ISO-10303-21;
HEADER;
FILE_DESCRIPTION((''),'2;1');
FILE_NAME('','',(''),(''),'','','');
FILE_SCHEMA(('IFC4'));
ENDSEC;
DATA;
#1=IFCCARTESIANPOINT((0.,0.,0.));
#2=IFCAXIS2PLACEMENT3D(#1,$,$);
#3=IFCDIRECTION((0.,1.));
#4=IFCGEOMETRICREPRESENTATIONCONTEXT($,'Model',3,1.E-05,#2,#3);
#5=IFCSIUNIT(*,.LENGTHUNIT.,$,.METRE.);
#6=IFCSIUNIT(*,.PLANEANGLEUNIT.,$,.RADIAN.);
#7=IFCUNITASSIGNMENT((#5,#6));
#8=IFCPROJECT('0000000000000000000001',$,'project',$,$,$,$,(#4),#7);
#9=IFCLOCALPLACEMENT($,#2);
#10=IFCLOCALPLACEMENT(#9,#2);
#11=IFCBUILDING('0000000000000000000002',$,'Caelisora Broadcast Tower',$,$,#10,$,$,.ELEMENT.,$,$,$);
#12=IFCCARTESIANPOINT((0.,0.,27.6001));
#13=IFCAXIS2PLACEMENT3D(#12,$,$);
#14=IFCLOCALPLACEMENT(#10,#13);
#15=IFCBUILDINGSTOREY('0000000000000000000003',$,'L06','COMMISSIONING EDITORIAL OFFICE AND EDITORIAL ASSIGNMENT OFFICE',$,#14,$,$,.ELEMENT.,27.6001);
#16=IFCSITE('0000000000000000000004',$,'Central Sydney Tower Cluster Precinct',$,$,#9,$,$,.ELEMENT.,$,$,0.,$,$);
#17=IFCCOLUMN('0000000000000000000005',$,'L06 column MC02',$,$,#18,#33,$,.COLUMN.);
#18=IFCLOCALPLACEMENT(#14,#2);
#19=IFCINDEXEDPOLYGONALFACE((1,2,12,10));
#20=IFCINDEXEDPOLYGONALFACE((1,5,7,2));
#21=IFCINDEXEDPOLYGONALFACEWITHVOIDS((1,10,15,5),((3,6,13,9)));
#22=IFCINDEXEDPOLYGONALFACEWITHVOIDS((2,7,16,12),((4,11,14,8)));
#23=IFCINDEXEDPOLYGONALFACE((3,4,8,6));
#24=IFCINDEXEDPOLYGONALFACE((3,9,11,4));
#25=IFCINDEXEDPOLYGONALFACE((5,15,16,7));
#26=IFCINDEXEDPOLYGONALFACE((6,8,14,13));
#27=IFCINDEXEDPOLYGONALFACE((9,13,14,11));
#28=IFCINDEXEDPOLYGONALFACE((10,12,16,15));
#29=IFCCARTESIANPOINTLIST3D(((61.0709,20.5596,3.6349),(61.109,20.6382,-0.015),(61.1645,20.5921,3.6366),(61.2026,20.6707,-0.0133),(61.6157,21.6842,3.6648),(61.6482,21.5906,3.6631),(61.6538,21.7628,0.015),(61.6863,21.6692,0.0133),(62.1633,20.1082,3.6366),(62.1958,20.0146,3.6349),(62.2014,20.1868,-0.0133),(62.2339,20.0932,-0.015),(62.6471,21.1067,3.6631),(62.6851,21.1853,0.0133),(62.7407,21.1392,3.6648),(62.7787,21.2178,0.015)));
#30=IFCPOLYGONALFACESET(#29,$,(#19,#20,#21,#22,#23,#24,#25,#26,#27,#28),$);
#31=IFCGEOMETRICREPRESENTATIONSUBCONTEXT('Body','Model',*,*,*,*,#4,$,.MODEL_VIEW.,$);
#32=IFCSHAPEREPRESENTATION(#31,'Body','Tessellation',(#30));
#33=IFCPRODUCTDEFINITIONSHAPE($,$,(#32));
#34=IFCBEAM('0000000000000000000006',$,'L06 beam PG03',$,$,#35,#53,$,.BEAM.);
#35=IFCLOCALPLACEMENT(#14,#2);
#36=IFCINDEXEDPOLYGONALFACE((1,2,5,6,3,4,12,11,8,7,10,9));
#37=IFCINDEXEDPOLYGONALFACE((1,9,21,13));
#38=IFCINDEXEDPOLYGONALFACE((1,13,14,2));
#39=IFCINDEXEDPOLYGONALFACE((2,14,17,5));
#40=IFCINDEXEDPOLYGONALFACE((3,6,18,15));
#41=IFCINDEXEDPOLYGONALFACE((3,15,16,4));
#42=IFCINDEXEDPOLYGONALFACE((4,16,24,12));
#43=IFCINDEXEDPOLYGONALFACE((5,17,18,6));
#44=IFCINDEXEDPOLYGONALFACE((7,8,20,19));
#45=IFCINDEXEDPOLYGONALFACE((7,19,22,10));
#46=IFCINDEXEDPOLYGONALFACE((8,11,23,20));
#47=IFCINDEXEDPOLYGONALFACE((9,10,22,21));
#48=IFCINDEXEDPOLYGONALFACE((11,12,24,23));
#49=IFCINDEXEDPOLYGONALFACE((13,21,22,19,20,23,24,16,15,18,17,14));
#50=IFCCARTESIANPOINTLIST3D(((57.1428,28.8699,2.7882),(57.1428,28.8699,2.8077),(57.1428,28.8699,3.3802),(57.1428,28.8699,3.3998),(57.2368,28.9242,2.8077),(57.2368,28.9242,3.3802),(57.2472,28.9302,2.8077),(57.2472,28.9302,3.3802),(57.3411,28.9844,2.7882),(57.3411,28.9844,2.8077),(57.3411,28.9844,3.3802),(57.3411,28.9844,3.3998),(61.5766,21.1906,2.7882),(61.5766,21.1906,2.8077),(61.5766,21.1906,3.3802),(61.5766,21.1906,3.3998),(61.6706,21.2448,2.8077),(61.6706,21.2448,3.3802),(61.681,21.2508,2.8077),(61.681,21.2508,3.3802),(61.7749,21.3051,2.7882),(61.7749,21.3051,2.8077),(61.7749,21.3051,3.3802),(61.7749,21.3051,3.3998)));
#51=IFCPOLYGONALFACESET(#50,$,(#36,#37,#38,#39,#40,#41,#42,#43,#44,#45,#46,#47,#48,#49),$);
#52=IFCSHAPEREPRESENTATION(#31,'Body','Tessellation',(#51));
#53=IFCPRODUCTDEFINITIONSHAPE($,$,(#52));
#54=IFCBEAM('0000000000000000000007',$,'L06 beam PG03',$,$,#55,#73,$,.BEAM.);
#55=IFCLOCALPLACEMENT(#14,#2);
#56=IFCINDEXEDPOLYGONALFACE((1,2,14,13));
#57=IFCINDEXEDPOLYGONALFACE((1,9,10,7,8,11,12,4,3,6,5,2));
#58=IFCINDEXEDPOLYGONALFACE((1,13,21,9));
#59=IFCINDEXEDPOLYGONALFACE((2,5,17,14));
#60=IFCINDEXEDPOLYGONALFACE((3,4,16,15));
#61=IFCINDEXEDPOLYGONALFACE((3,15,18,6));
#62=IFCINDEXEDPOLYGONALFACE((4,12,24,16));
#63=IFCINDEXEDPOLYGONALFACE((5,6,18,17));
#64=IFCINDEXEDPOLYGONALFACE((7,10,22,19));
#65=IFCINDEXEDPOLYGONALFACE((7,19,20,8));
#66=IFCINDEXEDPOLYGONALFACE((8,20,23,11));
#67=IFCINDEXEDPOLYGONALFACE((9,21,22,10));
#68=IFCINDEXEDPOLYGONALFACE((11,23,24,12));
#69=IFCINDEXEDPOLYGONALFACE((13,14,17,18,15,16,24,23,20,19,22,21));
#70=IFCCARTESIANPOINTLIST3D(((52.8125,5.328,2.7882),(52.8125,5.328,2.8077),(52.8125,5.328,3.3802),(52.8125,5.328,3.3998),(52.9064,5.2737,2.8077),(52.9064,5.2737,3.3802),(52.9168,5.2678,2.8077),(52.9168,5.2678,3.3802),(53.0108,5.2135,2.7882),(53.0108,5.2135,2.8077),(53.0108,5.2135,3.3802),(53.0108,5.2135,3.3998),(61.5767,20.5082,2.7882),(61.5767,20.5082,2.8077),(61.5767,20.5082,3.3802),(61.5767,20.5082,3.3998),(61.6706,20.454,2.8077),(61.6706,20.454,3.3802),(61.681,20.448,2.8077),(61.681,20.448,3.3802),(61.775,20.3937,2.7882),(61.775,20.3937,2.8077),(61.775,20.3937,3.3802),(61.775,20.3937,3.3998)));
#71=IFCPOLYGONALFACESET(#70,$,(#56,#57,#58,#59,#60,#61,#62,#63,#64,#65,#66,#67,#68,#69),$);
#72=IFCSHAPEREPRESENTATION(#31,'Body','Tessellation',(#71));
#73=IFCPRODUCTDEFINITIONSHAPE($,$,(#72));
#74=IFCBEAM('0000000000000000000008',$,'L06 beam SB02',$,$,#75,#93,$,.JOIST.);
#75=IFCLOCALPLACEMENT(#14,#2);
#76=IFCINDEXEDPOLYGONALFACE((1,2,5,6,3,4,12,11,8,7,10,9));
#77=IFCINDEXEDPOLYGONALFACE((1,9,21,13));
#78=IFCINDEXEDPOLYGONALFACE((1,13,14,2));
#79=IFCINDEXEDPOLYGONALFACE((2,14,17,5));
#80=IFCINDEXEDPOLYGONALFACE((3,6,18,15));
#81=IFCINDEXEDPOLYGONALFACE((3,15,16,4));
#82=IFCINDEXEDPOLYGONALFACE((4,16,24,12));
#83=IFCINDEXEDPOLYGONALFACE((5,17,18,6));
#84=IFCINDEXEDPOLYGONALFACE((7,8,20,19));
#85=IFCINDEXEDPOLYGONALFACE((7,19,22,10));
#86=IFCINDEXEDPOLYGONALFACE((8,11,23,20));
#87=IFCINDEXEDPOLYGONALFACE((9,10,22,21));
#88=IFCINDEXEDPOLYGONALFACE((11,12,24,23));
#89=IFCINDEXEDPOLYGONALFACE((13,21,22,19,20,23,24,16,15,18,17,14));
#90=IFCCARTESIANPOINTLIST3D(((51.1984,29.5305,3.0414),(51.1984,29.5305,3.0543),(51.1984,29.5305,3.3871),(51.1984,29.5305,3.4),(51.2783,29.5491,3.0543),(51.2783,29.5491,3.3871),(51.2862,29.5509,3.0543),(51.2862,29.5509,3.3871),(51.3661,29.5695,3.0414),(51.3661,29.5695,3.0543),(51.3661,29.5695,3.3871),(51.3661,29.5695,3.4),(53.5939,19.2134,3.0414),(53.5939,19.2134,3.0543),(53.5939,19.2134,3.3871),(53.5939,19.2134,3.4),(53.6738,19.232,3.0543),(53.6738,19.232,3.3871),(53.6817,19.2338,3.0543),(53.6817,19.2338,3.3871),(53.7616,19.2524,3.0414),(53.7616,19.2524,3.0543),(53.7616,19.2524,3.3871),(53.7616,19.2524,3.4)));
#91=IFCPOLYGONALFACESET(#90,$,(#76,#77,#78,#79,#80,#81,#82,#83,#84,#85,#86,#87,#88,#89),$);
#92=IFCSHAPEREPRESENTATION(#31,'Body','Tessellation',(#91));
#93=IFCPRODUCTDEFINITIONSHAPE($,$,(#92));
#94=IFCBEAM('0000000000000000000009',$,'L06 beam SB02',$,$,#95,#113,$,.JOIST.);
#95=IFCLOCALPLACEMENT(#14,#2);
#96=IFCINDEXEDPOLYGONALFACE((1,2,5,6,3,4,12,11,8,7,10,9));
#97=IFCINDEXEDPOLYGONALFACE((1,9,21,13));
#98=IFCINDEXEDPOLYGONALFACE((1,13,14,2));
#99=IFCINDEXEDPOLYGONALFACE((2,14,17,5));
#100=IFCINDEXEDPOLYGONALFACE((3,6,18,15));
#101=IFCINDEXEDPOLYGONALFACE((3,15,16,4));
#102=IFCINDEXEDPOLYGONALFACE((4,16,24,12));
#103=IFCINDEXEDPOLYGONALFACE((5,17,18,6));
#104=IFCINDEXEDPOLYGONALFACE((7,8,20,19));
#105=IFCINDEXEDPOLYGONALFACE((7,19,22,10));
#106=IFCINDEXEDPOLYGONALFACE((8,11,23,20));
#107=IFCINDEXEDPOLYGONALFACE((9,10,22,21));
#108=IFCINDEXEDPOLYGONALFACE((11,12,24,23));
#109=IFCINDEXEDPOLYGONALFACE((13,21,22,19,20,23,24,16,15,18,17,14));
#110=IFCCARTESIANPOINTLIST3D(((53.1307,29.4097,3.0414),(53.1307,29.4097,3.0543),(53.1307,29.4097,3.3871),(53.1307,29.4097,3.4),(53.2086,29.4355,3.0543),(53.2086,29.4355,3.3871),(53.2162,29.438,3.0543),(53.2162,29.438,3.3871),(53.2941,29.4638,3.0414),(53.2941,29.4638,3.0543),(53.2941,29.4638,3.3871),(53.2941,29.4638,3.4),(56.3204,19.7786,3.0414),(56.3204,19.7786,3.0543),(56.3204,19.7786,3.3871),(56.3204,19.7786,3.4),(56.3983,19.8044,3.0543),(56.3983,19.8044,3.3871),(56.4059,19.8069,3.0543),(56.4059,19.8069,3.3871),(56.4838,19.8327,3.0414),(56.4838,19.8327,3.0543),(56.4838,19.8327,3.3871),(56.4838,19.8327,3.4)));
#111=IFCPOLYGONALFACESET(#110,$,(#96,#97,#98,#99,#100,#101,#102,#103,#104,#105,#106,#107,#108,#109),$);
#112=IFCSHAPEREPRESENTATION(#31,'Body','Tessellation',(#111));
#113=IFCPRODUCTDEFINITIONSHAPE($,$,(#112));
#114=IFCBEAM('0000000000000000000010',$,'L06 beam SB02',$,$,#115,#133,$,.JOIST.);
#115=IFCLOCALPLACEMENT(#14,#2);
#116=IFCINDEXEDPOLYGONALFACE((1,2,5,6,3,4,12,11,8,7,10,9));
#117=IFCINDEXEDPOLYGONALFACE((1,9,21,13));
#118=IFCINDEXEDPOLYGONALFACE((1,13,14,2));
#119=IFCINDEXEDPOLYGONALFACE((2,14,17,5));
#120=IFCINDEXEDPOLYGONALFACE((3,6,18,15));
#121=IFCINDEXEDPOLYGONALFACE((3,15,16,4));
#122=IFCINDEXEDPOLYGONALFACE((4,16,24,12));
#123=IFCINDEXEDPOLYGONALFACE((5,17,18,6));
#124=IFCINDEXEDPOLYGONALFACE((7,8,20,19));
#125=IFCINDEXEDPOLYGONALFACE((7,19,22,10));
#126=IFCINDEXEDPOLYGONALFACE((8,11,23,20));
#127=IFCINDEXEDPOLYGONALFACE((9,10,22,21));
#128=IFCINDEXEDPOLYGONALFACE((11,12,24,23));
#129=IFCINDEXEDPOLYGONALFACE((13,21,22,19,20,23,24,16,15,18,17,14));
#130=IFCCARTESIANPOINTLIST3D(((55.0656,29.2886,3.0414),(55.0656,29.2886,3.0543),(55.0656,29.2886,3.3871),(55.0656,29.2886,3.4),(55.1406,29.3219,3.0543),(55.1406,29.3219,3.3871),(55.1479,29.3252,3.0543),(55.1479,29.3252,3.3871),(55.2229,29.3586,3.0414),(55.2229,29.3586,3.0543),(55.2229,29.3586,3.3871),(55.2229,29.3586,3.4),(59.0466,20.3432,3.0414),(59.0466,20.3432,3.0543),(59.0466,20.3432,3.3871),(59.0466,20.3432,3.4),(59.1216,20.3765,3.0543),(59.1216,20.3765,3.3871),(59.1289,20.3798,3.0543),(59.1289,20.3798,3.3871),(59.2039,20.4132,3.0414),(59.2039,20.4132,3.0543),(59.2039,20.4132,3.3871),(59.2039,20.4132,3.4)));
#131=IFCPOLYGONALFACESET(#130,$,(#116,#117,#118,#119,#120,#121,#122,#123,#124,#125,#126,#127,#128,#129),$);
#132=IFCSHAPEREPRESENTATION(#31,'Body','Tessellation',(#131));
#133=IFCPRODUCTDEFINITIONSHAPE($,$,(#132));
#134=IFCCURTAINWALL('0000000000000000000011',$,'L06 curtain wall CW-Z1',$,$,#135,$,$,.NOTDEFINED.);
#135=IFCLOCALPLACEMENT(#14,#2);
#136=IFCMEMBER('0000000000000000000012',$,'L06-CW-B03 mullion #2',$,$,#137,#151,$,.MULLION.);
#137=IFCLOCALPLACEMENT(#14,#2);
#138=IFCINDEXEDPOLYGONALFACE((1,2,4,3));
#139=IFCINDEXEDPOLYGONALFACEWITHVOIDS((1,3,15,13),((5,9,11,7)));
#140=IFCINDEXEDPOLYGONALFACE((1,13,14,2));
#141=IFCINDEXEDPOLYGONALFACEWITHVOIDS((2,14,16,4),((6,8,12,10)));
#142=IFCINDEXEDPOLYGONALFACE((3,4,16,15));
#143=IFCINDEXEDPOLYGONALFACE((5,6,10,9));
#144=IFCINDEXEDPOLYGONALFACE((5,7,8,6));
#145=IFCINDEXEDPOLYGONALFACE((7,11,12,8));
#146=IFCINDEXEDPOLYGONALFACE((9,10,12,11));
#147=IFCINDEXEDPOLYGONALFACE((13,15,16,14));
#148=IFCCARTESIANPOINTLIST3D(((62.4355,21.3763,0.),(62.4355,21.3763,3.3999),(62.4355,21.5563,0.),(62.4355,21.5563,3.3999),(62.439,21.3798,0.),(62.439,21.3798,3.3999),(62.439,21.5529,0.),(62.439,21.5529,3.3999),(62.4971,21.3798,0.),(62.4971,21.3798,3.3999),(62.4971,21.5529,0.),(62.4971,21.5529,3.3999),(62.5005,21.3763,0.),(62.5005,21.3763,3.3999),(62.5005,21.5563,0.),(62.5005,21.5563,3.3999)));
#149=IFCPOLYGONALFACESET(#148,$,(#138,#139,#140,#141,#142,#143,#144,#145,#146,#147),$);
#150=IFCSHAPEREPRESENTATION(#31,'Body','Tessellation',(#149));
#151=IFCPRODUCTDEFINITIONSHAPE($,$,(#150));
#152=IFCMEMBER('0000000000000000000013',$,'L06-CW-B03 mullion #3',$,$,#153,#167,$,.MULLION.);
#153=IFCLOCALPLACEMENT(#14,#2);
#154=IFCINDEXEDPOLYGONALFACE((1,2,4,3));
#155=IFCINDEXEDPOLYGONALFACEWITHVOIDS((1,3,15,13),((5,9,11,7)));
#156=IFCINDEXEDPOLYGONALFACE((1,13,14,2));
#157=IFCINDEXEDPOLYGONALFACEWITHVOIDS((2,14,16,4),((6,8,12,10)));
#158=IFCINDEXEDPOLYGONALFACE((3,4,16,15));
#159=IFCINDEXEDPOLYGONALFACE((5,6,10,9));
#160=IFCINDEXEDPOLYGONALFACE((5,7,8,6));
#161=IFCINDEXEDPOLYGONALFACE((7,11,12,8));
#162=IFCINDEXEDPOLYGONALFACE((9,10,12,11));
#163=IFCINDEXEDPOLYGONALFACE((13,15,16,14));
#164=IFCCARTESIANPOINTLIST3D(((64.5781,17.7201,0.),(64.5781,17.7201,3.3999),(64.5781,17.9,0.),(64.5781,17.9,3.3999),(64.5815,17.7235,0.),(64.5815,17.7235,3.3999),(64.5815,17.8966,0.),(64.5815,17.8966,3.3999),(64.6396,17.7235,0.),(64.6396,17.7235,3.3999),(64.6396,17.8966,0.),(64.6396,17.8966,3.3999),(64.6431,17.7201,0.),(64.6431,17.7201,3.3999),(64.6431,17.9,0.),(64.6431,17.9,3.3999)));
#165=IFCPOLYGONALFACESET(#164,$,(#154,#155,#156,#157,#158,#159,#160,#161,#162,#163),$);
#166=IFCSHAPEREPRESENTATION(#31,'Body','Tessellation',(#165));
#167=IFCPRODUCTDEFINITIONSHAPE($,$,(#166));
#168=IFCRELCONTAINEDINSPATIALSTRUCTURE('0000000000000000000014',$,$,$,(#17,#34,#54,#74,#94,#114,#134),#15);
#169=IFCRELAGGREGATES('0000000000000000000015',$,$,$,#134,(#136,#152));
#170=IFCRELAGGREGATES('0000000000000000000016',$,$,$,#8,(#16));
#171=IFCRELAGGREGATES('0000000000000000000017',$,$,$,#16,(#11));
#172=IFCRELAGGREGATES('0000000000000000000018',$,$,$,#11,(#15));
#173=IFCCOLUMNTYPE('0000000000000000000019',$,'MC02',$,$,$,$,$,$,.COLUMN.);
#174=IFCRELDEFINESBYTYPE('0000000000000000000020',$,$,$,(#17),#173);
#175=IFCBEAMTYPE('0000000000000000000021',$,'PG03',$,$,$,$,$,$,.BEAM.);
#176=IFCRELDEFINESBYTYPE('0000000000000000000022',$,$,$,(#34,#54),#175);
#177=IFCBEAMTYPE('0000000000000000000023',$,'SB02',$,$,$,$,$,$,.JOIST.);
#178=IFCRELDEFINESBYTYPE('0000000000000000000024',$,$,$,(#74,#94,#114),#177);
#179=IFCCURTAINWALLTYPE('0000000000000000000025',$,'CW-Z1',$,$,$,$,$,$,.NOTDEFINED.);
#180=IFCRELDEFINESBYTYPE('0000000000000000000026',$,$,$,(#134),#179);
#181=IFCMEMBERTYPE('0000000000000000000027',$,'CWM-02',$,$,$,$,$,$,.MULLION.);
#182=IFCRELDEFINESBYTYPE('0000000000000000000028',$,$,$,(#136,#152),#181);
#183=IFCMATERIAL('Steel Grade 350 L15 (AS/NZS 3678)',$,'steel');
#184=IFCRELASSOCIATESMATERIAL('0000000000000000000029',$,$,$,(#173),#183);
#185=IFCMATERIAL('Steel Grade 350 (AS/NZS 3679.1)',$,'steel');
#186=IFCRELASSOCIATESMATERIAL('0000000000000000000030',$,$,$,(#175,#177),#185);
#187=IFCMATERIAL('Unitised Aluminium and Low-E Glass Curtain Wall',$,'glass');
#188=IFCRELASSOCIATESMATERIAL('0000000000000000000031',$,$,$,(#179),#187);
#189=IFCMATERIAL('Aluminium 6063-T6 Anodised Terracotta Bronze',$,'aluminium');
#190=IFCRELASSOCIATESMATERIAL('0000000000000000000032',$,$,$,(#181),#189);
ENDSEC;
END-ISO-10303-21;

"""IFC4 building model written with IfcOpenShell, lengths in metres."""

from ifc_helpers import new_model, si_unit, direction, frame, origin, origin_2d, place, context, subcontext, project, spatial, hollow_rectangle, i_section, extrude, source, transform, mapped, material, material_profile, profile_set, type_object, type_shapes, element, aggregate, save


model = new_model("IFC4")

# Units and contexts
model_context = context("Model", 3, precision=1e-05, world=origin(), true_north=direction((0.0, 1.0)))
body_context = subcontext(model_context, "Body", "Model", "MODEL_VIEW")
ifc_project = project(units=[si_unit("LENGTHUNIT", "METRE"), si_unit("PLANEANGLEUNIT", "RADIAN")], contexts=[model_context])

# Site, building, storey
site_placement = place(None, origin())
site = spatial("IfcSite", under=ifc_project, at=site_placement, Name="Central Sydney Tower Cluster Precinct", CompositionType="ELEMENT", RefElevation=0.0)
building_placement = place(site_placement, origin())
building = spatial("IfcBuilding", under=site, at=building_placement, Name="Caelisora Broadcast Tower", CompositionType="ELEMENT")
storey_placement = place(building_placement, frame((0.0, 0.0, 27.6001)))
storey = spatial("IfcBuildingStorey", under=building, at=storey_placement, Name="L06", Description="COMMISSIONING EDITORIAL OFFICE AND EDITORIAL ASSIGNMENT OFFICE", CompositionType="ELEMENT", Elevation=27.6001)

# Column
ifc_material_1 = material(Name="Steel Grade 350 L15 (AS/NZS 3678)", Category="steel")
ifc_material_profile_1 = material_profile(ifc_material_1, hollow_rectangle(XDim=1.25, YDim=1.25, WallThickness=0.0701, at=origin_2d()), Name="Steel Grade 350 L15 (AS/NZS 3678)")
ifc_profile_set_1 = profile_set([ifc_material_profile_1], Name="Steel Grade 350 L15 (AS/NZS 3678)")
column_type = type_object("IfcColumnType", Name="MC02", PredefinedType="COLUMN", material=ifc_profile_set_1)
shared_shape_1 = source(origin(), body_context, "Body", "SweptSolid", [
    extrude(hollow_rectangle(XDim=1.25, YDim=1.25, WallThickness=0.0701, at=origin_2d()), origin(), (0.0, 0.0, 1.0), 3.6509),
])
type_shapes(column_type, [shared_shape_1])
column_placement = place(storey_placement, frame((61.9438, 20.928, 0.0), z_axis=(-0.010432, -0.021532, 0.999714), x_axis=(0.899947, -0.435999, 0.0)))
element("IfcColumn", 1, at=column_placement, inside=storey, type_object=column_type, Name="L06 column MC02", PredefinedType="COLUMN", context=body_context, shape_type="MappedRepresentation", body=[
    mapped(shared_shape_1, transform((0.0, 0.0, 0.0), scale=1.0)),
])

# Beams
ifc_material_2 = material(Name="Steel Grade 350 (AS/NZS 3679.1)", Category="steel")
ifc_material_profile_2 = material_profile(ifc_material_2, i_section(OverallWidth=0.229, OverallDepth=0.6116, WebThickness=0.012, FlangeThickness=0.0195, at=origin_2d()), Name="Steel Grade 350 (AS/NZS 3679.1)")
ifc_profile_set_2 = profile_set([ifc_material_profile_2], Name="Steel Grade 350 (AS/NZS 3679.1)")
beam_type_1 = type_object("IfcBeamType", Name="PG03", PredefinedType="BEAM", material=ifc_profile_set_2)
shared_shape_2 = source(origin(), body_context, "Body", "SweptSolid", [
    extrude(i_section(OverallWidth=0.229, OverallDepth=0.6116, WebThickness=0.012, FlangeThickness=0.0195, at=origin_2d()), origin(), (0.0, 0.0, 1.0), 8.8674),
])
beam_1_placement = place(storey_placement, frame((61.6758, 21.2478, 3.094), z_axis=(-0.500009, 0.86602, 0.0), x_axis=(-0.86602, -0.500009, 0.0)))
element("IfcBeam", 2, at=beam_1_placement, inside=storey, type_object=beam_type_1, Name="L06 beam PG03", PredefinedType="BEAM", context=body_context, shape_type="MappedRepresentation", body=[
    mapped(shared_shape_2, transform((0.0, 0.0, 0.0), scale=1.0)),
])
shared_shape_3 = source(origin(), body_context, "Body", "SweptSolid", [
    extrude(i_section(OverallWidth=0.229, OverallDepth=0.6116, WebThickness=0.012, FlangeThickness=0.0195, at=origin_2d()), origin(), (0.0, 0.0, 1.0), 17.5286),
])
type_shapes(beam_type_1, [shared_shape_2, shared_shape_3])
beam_2_placement = place(storey_placement, frame((52.9116, 5.2708, 3.094), z_axis=(0.499995, 0.866028, 0.0), x_axis=(-0.866028, 0.499995, 0.0)))
element("IfcBeam", 3, at=beam_2_placement, inside=storey, type_object=beam_type_1, Name="L06 beam PG03", PredefinedType="BEAM", context=body_context, shape_type="MappedRepresentation", body=[
    mapped(shared_shape_3, transform((0.0, 0.0, 0.0), scale=1.0)),
])
ifc_material_profile_3 = material_profile(ifc_material_2, i_section(OverallWidth=0.1721, OverallDepth=0.3586, WebThickness=0.0081, FlangeThickness=0.0129, at=origin_2d()), Name="Steel Grade 350 (AS/NZS 3679.1)")
ifc_profile_set_3 = profile_set([ifc_material_profile_3], Name="Steel Grade 350 (AS/NZS 3679.1)")
beam_type_2 = type_object("IfcBeamType", Name="SB02", PredefinedType="JOIST", material=ifc_profile_set_3)
shared_shape_4 = source(origin(), body_context, "Body", "SweptSolid", [
    extrude(i_section(OverallWidth=0.1721, OverallDepth=0.3586, WebThickness=0.0081, FlangeThickness=0.0129, at=origin_2d()), origin(), (0.0, 0.0, 1.0), 10.5916),
])
beam_3_placement = place(storey_placement, frame((53.6777, 19.2329, 3.2207), z_axis=(-0.226171, 0.974088, 0.0), x_axis=(-0.974088, -0.226171, 0.0)))
element("IfcBeam", 4, at=beam_3_placement, inside=storey, type_object=beam_type_2, Name="L06 beam SB02", PredefinedType="JOIST", context=body_context, shape_type="MappedRepresentation", body=[
    mapped(shared_shape_4, transform((0.0, 0.0, 0.0), scale=1.0)),
])
shared_shape_5 = source(origin(), body_context, "Body", "SweptSolid", [
    extrude(i_section(OverallWidth=0.1721, OverallDepth=0.3586, WebThickness=0.0081, FlangeThickness=0.0129, at=origin_2d()), origin(), (0.0, 0.0, 1.0), 10.1455),
])
beam_4_placement = place(storey_placement, frame((56.4021, 19.8057, 3.2207), z_axis=(-0.314394, 0.949293, 0.0), x_axis=(-0.949293, -0.314394, 0.0)))
element("IfcBeam", 5, at=beam_4_placement, inside=storey, type_object=beam_type_2, Name="L06 beam SB02", PredefinedType="JOIST", context=body_context, shape_type="MappedRepresentation", body=[
    mapped(shared_shape_5, transform((0.0, 0.0, 0.0), scale=1.0)),
])
shared_shape_6 = source(origin(), body_context, "Body", "SweptSolid", [
    extrude(i_section(OverallWidth=0.1721, OverallDepth=0.3586, WebThickness=0.0081, FlangeThickness=0.0129, at=origin_2d()), origin(), (0.0, 0.0, 1.0), 9.7913),
])
type_shapes(beam_type_2, [shared_shape_4, shared_shape_5, shared_shape_6])
beam_5_placement = place(storey_placement, frame((59.1252, 20.3782, 3.2207), z_axis=(-0.406587, 0.913612, 0.0), x_axis=(-0.913612, -0.406587, 0.0)))
element("IfcBeam", 6, at=beam_5_placement, inside=storey, type_object=beam_type_2, Name="L06 beam SB02", PredefinedType="JOIST", context=body_context, shape_type="MappedRepresentation", body=[
    mapped(shared_shape_6, transform((0.0, 0.0, 0.0), scale=1.0)),
])

# Curtain wall, members
ifc_material_3 = material(Name="Unitised Aluminium and Low-E Glass Curtain Wall", Category="glass")
curtain_wall_type = type_object("IfcCurtainWallType", Name="CW-Z1", PredefinedType="NOTDEFINED", material=ifc_material_3)
curtain_wall_1_placement = place(storey_placement, origin())
curtain_wall_1 = element("IfcCurtainWall", 7, at=curtain_wall_1_placement, inside=storey, type_object=curtain_wall_type, Name="L06 curtain wall CW-Z1", PredefinedType="NOTDEFINED")
ifc_material_4 = material(Name="Aluminium 6063-T6 Anodised Terracotta Bronze", Category="aluminium")
ifc_material_profile_4 = material_profile(ifc_material_4, hollow_rectangle(XDim=0.0649, YDim=0.1799, WallThickness=0.0034, at=origin_2d()), Name="Aluminium 6063-T6 Anodised Terracotta Bronze")
ifc_profile_set_4 = profile_set([ifc_material_profile_4], Name="Aluminium 6063-T6 Anodised Terracotta Bronze")
member_type_1 = type_object("IfcMemberType", Name="CWM-02", PredefinedType="MULLION", material=ifc_profile_set_4)
shared_shape_7 = source(origin(), body_context, "Body", "SweptSolid", [
    extrude(hollow_rectangle(XDim=0.0649, YDim=0.1799, WallThickness=0.0034, at=origin_2d()), origin(), (0.0, 0.0, 1.0), 3.3999),
])
type_shapes(member_type_1, [shared_shape_7])
member_1_placement = place(storey_placement, frame((62.468, 21.4663, 0.0), z_axis=(0.0, 0.0, 1.0), x_axis=(1.0, 0.0, 0.0)))
member_1 = element("IfcMember", 8, at=member_1_placement, type_object=member_type_1, Name="L06-CW-B03 mullion #2", PredefinedType="MULLION", context=body_context, shape_type="MappedRepresentation", body=[
    mapped(shared_shape_7, transform((0.0, 0.0, 0.0), scale=1.0)),
])
member_2_placement = place(storey_placement, frame((64.6106, 17.8101, 0.0), z_axis=(0.0, 0.0, 1.0), x_axis=(1.0, 0.0, 0.0)))
member_2 = element("IfcMember", 9, at=member_2_placement, type_object=member_type_1, Name="L06-CW-B03 mullion #3", PredefinedType="MULLION", context=body_context, shape_type="MappedRepresentation", body=[
    mapped(shared_shape_7, transform((0.0, 0.0, 0.0), scale=1.0)),
])

aggregate(curtain_wall_1, [member_1, member_2])

save(model, "model.ifc")
